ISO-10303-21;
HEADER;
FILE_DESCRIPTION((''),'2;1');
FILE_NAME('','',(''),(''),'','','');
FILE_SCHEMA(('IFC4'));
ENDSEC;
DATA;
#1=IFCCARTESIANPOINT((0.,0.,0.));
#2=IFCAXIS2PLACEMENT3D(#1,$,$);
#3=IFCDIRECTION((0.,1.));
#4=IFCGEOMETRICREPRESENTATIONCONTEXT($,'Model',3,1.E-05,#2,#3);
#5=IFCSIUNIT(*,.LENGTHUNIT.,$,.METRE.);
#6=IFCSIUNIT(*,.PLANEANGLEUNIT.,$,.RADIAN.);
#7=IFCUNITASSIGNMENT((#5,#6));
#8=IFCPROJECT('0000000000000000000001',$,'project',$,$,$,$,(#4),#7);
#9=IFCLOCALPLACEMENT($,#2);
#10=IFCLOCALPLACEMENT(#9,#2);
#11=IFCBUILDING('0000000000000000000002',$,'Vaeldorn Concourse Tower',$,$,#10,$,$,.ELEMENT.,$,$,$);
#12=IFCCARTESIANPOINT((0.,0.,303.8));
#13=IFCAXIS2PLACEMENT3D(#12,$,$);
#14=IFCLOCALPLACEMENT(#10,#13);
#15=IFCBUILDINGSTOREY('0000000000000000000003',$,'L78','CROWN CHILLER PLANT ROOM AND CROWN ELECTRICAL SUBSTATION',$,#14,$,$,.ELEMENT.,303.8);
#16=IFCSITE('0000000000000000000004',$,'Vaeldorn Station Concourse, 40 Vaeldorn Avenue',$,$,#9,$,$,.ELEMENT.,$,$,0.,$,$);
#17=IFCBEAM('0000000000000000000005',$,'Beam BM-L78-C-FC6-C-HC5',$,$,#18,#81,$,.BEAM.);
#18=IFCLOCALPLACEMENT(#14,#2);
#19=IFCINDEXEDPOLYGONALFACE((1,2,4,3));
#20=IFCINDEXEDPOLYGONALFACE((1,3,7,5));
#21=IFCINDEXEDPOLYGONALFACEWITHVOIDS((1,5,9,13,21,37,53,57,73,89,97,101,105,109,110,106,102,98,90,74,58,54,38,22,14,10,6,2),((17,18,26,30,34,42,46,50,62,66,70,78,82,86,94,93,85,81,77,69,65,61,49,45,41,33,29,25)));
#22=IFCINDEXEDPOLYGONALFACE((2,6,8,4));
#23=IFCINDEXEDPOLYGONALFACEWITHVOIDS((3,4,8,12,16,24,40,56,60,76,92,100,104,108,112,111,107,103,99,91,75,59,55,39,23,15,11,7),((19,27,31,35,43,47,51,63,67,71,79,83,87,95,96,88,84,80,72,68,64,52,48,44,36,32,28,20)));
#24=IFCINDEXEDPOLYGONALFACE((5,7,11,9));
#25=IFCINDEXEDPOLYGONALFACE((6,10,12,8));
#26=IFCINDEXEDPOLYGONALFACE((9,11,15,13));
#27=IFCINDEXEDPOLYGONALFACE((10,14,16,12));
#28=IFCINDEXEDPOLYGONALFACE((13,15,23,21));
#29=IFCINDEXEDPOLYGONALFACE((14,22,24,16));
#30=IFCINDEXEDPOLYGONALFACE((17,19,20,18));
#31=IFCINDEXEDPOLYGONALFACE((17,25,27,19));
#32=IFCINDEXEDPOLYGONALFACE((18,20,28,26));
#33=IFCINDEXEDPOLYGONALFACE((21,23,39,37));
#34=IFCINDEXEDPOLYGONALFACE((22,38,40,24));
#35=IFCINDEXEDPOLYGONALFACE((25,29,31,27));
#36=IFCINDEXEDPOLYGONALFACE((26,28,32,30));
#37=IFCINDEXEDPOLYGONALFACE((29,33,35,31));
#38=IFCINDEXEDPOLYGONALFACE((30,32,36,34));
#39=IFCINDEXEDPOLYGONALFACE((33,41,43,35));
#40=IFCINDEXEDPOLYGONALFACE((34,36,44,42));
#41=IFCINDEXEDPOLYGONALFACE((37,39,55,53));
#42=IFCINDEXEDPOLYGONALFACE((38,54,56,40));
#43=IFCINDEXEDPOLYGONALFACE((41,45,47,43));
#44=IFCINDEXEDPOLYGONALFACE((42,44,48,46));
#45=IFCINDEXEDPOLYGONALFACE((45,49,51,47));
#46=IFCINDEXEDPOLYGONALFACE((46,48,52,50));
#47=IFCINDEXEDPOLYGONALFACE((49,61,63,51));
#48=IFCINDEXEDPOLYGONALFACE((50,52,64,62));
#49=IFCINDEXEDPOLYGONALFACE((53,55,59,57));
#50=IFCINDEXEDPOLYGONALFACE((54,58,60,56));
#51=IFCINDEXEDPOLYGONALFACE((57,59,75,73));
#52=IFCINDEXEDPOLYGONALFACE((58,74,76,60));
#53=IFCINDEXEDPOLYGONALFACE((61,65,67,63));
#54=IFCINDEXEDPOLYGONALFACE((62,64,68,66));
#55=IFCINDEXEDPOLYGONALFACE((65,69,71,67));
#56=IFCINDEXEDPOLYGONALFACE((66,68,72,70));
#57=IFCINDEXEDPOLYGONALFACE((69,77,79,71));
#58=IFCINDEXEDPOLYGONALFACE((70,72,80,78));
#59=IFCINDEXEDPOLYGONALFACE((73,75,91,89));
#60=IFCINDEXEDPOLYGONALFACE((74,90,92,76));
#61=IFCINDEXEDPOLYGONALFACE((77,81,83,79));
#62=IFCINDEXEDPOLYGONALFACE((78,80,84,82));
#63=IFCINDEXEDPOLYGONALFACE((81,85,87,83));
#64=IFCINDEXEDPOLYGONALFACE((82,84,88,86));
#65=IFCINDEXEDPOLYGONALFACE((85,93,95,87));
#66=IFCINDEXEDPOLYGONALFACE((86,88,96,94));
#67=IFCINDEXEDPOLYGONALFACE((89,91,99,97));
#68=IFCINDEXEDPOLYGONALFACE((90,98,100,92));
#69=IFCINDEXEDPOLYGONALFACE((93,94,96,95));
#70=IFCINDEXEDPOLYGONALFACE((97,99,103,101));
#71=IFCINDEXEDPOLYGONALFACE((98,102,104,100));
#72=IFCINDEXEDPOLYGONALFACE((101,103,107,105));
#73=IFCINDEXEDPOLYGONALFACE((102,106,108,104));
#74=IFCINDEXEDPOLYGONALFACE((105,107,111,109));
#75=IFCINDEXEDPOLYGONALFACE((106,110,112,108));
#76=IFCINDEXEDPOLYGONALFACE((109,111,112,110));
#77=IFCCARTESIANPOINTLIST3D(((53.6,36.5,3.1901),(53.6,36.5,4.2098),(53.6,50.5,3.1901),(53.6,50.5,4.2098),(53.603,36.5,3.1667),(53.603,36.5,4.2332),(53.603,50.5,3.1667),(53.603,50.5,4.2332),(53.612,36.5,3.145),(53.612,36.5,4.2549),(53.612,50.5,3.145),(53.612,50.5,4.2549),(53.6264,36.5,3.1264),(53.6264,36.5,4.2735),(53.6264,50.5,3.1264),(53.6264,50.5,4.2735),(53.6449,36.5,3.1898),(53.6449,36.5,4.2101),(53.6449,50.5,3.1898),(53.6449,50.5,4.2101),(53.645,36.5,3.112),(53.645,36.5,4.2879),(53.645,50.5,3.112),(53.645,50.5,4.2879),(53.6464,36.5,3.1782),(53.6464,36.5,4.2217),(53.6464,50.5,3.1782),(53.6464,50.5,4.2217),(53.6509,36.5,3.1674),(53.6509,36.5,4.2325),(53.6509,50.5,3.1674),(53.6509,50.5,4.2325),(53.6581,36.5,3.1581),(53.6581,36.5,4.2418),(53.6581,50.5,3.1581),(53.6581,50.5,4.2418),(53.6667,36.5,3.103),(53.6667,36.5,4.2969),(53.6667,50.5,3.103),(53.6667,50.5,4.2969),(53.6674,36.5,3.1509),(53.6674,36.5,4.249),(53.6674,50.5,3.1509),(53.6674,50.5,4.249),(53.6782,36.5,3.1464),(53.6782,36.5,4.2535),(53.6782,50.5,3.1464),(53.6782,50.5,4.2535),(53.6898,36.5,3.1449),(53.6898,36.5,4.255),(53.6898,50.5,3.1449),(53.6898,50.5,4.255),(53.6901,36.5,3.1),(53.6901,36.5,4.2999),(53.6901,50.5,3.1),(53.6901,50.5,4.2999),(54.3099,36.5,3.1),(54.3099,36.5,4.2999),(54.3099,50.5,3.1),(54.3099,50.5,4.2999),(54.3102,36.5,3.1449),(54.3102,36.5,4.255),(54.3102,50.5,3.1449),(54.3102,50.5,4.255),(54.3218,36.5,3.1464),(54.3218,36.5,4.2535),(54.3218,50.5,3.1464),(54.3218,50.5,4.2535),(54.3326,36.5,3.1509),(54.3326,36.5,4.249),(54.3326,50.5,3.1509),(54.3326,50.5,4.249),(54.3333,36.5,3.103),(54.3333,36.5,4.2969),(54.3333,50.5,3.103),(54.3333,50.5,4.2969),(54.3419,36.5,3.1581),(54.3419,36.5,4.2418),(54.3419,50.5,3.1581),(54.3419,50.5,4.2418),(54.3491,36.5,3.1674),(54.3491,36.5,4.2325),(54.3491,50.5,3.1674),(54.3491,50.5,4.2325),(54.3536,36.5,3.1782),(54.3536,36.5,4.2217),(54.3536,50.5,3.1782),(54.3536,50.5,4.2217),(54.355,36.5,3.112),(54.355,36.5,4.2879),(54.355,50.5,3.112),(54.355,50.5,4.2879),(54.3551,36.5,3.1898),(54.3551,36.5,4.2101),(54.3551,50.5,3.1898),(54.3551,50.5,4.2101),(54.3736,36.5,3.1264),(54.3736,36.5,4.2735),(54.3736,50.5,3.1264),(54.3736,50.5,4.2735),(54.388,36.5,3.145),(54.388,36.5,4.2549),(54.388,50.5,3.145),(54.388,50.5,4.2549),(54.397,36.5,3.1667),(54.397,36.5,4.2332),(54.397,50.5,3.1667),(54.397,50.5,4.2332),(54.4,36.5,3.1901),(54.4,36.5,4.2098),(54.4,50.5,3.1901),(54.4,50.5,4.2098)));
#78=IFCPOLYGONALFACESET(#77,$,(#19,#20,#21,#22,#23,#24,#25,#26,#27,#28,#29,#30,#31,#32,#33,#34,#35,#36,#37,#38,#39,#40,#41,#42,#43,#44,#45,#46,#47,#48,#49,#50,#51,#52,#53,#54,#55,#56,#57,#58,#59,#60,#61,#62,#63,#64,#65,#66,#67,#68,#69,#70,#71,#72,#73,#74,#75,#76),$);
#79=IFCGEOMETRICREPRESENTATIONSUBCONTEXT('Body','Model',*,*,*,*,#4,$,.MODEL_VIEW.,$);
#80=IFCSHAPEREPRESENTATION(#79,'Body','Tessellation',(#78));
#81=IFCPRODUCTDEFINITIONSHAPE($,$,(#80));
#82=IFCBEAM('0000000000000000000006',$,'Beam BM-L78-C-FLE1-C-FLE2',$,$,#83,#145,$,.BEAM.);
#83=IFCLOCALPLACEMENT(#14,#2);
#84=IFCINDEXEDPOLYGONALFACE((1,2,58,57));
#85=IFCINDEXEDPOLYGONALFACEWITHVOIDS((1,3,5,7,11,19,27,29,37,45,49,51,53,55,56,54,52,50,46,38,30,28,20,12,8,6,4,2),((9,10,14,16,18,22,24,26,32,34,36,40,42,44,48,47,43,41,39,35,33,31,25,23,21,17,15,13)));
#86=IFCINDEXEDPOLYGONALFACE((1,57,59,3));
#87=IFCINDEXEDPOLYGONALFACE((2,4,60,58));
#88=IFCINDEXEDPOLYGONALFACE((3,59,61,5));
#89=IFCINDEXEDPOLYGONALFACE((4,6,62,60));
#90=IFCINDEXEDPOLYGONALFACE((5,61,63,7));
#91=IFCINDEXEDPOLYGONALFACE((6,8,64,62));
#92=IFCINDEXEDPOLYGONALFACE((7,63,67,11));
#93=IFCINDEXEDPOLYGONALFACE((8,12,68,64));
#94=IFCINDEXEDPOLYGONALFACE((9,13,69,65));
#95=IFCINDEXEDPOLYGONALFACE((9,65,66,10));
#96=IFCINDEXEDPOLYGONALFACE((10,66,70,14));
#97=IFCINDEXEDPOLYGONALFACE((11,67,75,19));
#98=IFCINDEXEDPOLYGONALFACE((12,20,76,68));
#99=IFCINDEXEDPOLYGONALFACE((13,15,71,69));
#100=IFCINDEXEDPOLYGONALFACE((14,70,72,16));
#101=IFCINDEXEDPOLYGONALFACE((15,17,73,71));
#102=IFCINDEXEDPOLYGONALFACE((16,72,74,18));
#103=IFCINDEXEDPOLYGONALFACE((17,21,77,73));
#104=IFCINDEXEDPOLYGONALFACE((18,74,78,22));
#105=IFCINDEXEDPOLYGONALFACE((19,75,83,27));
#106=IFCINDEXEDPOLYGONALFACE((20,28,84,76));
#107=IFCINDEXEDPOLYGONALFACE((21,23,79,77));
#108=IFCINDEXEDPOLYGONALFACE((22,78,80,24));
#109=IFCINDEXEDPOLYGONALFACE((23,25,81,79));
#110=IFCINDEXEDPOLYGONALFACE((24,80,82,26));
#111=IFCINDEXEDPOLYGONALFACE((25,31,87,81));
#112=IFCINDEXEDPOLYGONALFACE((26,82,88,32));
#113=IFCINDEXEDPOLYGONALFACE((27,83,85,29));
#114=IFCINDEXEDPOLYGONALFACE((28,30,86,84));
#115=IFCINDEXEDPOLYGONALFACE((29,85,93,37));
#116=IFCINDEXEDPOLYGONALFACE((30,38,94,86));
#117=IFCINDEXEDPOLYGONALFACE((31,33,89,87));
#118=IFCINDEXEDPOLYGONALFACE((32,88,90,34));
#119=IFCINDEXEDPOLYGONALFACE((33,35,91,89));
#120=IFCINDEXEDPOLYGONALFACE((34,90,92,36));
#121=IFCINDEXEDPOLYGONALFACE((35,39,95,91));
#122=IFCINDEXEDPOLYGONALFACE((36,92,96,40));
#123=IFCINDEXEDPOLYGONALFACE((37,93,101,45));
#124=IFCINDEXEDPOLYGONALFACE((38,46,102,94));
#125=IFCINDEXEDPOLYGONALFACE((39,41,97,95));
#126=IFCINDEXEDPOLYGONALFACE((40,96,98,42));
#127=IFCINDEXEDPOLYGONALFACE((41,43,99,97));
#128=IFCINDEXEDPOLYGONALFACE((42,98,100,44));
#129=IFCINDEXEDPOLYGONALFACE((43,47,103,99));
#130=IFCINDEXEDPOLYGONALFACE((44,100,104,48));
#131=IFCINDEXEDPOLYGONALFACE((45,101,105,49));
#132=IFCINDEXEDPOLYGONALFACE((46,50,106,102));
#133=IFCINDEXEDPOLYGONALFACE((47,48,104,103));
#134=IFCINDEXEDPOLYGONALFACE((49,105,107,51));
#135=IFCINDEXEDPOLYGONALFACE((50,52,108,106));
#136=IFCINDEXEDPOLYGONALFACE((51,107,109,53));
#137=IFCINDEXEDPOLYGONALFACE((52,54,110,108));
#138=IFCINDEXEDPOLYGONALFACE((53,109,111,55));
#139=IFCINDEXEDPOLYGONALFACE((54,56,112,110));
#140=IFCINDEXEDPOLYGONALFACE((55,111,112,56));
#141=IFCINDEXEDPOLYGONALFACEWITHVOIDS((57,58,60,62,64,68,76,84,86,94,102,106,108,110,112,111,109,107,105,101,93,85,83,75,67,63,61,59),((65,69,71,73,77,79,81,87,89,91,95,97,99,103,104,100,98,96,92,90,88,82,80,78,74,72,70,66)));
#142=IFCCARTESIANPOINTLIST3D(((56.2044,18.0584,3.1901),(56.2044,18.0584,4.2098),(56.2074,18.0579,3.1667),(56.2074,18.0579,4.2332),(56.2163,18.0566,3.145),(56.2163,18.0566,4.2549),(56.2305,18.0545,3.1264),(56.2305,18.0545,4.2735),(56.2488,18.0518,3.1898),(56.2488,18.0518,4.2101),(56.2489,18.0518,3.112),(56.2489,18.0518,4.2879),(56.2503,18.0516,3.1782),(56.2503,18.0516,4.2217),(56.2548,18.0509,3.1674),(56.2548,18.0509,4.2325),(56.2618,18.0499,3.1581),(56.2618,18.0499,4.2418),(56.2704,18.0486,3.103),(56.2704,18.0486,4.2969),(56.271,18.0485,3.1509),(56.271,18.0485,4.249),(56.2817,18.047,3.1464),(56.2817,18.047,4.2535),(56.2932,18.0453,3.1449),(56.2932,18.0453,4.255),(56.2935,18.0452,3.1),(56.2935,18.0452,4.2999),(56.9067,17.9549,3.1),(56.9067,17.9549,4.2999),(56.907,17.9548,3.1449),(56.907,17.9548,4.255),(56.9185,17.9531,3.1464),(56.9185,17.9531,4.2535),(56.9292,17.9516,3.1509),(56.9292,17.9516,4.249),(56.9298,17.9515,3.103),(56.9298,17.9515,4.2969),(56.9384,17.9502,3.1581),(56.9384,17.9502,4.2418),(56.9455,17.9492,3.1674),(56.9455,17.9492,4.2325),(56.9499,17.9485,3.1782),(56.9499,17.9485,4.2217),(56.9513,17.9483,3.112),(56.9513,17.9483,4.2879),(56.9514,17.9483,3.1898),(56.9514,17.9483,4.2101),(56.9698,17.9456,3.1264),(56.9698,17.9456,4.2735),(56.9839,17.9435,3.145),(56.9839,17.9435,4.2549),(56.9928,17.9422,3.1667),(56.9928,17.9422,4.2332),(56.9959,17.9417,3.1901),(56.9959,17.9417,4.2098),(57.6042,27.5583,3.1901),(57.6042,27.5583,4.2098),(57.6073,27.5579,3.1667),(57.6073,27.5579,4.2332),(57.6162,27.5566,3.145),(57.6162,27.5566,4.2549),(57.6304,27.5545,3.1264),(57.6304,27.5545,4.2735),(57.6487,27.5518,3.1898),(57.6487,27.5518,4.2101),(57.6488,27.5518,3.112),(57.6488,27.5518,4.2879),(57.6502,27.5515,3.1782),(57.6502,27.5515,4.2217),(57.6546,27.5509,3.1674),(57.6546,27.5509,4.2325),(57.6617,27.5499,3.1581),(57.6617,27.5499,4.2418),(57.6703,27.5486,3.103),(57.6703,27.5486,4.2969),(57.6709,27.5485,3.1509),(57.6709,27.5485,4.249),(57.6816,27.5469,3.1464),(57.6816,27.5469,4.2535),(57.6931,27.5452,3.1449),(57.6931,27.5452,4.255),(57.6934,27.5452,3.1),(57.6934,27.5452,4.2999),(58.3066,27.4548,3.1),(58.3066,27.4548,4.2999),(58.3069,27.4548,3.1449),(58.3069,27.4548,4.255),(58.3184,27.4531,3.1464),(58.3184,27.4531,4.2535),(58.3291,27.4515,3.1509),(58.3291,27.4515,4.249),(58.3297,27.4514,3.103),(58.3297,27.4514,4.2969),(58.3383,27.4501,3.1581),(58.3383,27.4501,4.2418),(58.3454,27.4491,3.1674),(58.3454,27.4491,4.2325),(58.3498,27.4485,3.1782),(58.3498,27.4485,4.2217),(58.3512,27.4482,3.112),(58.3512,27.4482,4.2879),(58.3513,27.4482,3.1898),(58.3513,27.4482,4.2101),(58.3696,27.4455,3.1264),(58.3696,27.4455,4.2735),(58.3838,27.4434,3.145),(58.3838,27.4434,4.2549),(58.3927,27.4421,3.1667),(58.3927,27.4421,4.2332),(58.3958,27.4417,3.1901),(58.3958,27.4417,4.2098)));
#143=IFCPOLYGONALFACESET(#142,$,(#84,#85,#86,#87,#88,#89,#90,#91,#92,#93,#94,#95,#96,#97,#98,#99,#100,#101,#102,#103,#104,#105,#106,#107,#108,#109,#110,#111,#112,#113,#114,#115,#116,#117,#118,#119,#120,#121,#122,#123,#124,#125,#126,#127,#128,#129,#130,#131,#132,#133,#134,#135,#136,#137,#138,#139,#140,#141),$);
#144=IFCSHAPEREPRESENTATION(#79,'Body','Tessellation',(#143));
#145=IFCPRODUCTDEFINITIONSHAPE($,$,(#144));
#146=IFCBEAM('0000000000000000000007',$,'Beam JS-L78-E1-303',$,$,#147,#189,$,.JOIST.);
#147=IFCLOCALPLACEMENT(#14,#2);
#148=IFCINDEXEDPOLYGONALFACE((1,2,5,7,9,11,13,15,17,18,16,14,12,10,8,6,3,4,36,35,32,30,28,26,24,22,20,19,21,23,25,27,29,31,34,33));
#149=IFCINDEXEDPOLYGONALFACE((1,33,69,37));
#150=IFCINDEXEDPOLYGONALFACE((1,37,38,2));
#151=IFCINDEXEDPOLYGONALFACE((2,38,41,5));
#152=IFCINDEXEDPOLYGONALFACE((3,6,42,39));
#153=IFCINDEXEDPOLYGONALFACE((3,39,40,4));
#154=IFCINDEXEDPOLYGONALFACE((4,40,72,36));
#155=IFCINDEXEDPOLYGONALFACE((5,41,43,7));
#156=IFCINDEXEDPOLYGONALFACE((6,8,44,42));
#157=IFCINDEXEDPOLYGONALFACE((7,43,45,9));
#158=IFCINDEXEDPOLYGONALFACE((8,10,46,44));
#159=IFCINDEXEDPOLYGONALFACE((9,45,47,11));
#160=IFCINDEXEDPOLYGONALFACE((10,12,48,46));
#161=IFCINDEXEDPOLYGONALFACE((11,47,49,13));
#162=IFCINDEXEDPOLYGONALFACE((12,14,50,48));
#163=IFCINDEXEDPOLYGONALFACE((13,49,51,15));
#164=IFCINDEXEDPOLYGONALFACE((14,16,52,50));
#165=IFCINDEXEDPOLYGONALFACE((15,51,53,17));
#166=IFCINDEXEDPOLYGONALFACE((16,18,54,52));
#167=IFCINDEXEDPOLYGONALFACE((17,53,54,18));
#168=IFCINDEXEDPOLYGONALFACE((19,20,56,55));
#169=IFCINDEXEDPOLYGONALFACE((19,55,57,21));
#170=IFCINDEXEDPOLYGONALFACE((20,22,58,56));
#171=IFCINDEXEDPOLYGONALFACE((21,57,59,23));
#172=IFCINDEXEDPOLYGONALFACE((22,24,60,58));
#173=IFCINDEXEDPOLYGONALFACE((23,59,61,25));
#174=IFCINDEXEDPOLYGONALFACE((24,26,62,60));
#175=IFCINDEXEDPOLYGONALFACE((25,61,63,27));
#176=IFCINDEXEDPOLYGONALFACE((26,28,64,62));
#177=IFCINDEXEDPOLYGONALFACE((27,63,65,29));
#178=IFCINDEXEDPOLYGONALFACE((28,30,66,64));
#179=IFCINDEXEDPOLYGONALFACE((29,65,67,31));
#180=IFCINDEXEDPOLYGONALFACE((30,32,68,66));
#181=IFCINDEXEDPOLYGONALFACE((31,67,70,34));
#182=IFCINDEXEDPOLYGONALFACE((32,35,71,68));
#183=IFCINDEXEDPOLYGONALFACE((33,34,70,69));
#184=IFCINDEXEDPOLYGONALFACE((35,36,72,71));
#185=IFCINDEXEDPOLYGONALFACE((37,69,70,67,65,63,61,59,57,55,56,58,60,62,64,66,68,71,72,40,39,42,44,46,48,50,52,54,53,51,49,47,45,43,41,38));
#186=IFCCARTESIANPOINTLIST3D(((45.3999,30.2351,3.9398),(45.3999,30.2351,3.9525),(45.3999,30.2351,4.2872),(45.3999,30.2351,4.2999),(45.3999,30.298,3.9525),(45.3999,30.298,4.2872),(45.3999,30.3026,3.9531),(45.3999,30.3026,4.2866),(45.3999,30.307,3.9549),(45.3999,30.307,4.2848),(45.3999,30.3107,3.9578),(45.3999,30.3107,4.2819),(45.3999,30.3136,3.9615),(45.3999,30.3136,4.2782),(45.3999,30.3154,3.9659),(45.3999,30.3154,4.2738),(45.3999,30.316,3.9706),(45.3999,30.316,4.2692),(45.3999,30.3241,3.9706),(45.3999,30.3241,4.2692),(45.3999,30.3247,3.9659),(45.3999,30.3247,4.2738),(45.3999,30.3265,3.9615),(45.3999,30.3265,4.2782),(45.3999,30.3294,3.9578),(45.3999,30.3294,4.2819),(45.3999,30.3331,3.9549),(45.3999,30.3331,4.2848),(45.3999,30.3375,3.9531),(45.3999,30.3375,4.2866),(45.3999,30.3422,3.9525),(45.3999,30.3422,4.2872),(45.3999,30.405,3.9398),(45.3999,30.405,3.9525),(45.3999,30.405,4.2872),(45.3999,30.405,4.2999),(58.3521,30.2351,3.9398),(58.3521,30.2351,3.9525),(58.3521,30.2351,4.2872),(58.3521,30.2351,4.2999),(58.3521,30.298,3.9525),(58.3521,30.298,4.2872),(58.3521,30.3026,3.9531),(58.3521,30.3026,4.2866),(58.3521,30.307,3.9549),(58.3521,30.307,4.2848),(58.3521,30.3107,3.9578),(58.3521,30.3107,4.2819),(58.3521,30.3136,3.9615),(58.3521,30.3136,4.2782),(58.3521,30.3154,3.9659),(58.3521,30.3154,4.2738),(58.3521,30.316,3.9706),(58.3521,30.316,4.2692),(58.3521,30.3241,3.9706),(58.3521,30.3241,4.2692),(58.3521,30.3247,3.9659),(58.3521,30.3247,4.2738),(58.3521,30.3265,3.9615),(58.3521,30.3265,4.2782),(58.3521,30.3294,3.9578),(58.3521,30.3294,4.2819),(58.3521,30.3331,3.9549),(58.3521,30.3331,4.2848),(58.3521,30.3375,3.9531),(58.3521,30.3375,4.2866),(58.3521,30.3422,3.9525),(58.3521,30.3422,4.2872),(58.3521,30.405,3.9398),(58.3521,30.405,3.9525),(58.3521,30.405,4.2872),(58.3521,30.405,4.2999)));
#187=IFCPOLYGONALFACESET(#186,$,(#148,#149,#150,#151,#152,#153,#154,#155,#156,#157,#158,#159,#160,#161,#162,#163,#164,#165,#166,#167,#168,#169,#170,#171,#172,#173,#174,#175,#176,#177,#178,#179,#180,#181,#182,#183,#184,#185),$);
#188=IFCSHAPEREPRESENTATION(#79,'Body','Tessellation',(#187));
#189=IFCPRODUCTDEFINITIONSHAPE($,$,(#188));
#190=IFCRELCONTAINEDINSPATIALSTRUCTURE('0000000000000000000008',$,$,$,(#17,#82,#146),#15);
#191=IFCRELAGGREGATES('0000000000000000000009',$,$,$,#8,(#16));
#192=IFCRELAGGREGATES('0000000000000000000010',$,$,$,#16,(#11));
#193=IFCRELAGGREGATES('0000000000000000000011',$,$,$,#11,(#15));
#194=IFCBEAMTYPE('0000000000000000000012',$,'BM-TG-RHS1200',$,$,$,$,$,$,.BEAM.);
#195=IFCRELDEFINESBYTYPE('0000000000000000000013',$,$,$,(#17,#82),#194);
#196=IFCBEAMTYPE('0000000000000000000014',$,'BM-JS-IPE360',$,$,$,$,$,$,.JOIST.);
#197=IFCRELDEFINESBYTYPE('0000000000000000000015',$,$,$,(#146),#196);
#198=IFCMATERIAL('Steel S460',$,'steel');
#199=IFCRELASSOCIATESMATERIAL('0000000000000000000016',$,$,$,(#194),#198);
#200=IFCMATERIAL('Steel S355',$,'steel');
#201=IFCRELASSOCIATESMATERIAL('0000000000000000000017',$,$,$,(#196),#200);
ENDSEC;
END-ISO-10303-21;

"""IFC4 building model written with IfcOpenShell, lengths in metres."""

from ifc_helpers import new_model, si_unit, direction, frame, origin, origin_2d, place, context, subcontext, project, spatial, hollow_rectangle, i_section, extrude, source, transform, mapped, material, material_profile, profile_set, type_object, element, save


model = new_model("IFC4")

# Units and contexts
model_context = context("Model", 3, precision=1e-05, world=origin(), true_north=direction((0.0, 1.0)))
body_context = subcontext(model_context, "Body", "Model", "MODEL_VIEW")
ifc_project = project(units=[si_unit("LENGTHUNIT", "METRE"), si_unit("PLANEANGLEUNIT", "RADIAN")], contexts=[model_context])

# Site, building, storey
site_placement = place(None, origin())
site = spatial("IfcSite", under=ifc_project, at=site_placement, Name="Vaeldorn Station Concourse, 40 Vaeldorn Avenue", CompositionType="ELEMENT", RefElevation=0.0)
building_placement = place(site_placement, origin())
building = spatial("IfcBuilding", under=site, at=building_placement, Name="Vaeldorn Concourse Tower", CompositionType="ELEMENT")
storey_placement = place(building_placement, frame((0.0, 0.0, 303.8)))
storey = spatial("IfcBuildingStorey", under=building, at=storey_placement, Name="L78", Description="CROWN CHILLER PLANT ROOM AND CROWN ELECTRICAL SUBSTATION", CompositionType="ELEMENT", Elevation=303.8)

# Shared definitions
ifc_material_1 = material(Name="Steel S355", Category="steel")

# Beams
ifc_material_2 = material(Name="Steel S460", Category="steel")
ifc_material_profile_1 = material_profile(ifc_material_2, hollow_rectangle(XDim=0.8, YDim=1.2, WallThickness=0.0449, InnerFilletRadius=0.0449, OuterFilletRadius=0.0901, at=origin_2d()), Name="RHS 1200x800x45")
ifc_profile_set_1 = profile_set([ifc_material_profile_1], Name="Steel S460")
beam_type_1 = type_object("IfcBeamType", Name="BM-TG-RHS1200", PredefinedType="BEAM", material=ifc_profile_set_1)
shared_shape_1 = source(origin(), body_context, "Body", "SweptSolid", [
    extrude(hollow_rectangle(XDim=0.8, YDim=1.2, WallThickness=0.0449, InnerFilletRadius=0.0449, OuterFilletRadius=0.0901, at=origin_2d()), origin(), (0.0, 0.0, 1.0), 14.0),
])
beam_1_placement = place(storey_placement, frame((54.0, 36.5, 3.7), z_axis=(0.0, 1.0, 0.0), x_axis=(-1.0, 0.0, 0.0)))
element("IfcBeam", 1, at=beam_1_placement, inside=storey, type_object=beam_type_1, Name="Beam BM-L78-C-FC6-C-HC5", PredefinedType="BEAM", context=body_context, shape_type="MappedRepresentation", body=[
    mapped(shared_shape_1, transform((0.0, 0.0, 0.0), scale=1.0)),
])
shared_shape_2 = source(origin(), body_context, "Body", "SweptSolid", [
    extrude(hollow_rectangle(XDim=0.8, YDim=1.2, WallThickness=0.0449, InnerFilletRadius=0.0449, OuterFilletRadius=0.0901, at=origin_2d()), origin(), (0.0, 0.0, 1.0), 9.6025),
])
beam_2_placement = place(storey_placement, frame((58.0, 27.5, 3.7), z_axis=(-0.145784, -0.989316, 0.0), x_axis=(0.989316, -0.145784, 0.0)))
element("IfcBeam", 2, at=beam_2_placement, inside=storey, type_object=beam_type_1, Name="Beam BM-L78-C-FLE1-C-FLE2", PredefinedType="BEAM", context=body_context, shape_type="MappedRepresentation", body=[
    mapped(shared_shape_2, transform((0.0, 0.0, 0.0), scale=1.0)),
])
ifc_material_profile_2 = material_profile(ifc_material_1, i_section(OverallWidth=0.1699, OverallDepth=0.3601, WebThickness=0.0081, FlangeThickness=0.0127, FilletRadius=0.0181, at=origin_2d()), Name="IPE 360")
ifc_profile_set_2 = profile_set([ifc_material_profile_2], Name="Steel S355")
beam_type_2 = type_object("IfcBeamType", Name="BM-JS-IPE360", PredefinedType="JOIST", material=ifc_profile_set_2)
shared_shape_3 = source(origin(), body_context, "Body", "SweptSolid", [
    extrude(i_section(OverallWidth=0.1699, OverallDepth=0.3601, WebThickness=0.0081, FlangeThickness=0.0127, FilletRadius=0.0181, at=origin_2d()), origin(), (0.0, 0.0, 1.0), 12.9521),
])
beam_3_placement = place(storey_placement, frame((45.3999, 30.3201, 4.1199), z_axis=(1.0, 0.0, 0.0), x_axis=(0.0, 1.0, 0.0)))
element("IfcBeam", 3, at=beam_3_placement, inside=storey, type_object=beam_type_2, Name="Beam JS-L78-E1-303", PredefinedType="JOIST", context=body_context, shape_type="MappedRepresentation", body=[
    mapped(shared_shape_3, transform((0.0, 0.0, 0.0), scale=1.0)),
])

save(model, "model.ifc")
